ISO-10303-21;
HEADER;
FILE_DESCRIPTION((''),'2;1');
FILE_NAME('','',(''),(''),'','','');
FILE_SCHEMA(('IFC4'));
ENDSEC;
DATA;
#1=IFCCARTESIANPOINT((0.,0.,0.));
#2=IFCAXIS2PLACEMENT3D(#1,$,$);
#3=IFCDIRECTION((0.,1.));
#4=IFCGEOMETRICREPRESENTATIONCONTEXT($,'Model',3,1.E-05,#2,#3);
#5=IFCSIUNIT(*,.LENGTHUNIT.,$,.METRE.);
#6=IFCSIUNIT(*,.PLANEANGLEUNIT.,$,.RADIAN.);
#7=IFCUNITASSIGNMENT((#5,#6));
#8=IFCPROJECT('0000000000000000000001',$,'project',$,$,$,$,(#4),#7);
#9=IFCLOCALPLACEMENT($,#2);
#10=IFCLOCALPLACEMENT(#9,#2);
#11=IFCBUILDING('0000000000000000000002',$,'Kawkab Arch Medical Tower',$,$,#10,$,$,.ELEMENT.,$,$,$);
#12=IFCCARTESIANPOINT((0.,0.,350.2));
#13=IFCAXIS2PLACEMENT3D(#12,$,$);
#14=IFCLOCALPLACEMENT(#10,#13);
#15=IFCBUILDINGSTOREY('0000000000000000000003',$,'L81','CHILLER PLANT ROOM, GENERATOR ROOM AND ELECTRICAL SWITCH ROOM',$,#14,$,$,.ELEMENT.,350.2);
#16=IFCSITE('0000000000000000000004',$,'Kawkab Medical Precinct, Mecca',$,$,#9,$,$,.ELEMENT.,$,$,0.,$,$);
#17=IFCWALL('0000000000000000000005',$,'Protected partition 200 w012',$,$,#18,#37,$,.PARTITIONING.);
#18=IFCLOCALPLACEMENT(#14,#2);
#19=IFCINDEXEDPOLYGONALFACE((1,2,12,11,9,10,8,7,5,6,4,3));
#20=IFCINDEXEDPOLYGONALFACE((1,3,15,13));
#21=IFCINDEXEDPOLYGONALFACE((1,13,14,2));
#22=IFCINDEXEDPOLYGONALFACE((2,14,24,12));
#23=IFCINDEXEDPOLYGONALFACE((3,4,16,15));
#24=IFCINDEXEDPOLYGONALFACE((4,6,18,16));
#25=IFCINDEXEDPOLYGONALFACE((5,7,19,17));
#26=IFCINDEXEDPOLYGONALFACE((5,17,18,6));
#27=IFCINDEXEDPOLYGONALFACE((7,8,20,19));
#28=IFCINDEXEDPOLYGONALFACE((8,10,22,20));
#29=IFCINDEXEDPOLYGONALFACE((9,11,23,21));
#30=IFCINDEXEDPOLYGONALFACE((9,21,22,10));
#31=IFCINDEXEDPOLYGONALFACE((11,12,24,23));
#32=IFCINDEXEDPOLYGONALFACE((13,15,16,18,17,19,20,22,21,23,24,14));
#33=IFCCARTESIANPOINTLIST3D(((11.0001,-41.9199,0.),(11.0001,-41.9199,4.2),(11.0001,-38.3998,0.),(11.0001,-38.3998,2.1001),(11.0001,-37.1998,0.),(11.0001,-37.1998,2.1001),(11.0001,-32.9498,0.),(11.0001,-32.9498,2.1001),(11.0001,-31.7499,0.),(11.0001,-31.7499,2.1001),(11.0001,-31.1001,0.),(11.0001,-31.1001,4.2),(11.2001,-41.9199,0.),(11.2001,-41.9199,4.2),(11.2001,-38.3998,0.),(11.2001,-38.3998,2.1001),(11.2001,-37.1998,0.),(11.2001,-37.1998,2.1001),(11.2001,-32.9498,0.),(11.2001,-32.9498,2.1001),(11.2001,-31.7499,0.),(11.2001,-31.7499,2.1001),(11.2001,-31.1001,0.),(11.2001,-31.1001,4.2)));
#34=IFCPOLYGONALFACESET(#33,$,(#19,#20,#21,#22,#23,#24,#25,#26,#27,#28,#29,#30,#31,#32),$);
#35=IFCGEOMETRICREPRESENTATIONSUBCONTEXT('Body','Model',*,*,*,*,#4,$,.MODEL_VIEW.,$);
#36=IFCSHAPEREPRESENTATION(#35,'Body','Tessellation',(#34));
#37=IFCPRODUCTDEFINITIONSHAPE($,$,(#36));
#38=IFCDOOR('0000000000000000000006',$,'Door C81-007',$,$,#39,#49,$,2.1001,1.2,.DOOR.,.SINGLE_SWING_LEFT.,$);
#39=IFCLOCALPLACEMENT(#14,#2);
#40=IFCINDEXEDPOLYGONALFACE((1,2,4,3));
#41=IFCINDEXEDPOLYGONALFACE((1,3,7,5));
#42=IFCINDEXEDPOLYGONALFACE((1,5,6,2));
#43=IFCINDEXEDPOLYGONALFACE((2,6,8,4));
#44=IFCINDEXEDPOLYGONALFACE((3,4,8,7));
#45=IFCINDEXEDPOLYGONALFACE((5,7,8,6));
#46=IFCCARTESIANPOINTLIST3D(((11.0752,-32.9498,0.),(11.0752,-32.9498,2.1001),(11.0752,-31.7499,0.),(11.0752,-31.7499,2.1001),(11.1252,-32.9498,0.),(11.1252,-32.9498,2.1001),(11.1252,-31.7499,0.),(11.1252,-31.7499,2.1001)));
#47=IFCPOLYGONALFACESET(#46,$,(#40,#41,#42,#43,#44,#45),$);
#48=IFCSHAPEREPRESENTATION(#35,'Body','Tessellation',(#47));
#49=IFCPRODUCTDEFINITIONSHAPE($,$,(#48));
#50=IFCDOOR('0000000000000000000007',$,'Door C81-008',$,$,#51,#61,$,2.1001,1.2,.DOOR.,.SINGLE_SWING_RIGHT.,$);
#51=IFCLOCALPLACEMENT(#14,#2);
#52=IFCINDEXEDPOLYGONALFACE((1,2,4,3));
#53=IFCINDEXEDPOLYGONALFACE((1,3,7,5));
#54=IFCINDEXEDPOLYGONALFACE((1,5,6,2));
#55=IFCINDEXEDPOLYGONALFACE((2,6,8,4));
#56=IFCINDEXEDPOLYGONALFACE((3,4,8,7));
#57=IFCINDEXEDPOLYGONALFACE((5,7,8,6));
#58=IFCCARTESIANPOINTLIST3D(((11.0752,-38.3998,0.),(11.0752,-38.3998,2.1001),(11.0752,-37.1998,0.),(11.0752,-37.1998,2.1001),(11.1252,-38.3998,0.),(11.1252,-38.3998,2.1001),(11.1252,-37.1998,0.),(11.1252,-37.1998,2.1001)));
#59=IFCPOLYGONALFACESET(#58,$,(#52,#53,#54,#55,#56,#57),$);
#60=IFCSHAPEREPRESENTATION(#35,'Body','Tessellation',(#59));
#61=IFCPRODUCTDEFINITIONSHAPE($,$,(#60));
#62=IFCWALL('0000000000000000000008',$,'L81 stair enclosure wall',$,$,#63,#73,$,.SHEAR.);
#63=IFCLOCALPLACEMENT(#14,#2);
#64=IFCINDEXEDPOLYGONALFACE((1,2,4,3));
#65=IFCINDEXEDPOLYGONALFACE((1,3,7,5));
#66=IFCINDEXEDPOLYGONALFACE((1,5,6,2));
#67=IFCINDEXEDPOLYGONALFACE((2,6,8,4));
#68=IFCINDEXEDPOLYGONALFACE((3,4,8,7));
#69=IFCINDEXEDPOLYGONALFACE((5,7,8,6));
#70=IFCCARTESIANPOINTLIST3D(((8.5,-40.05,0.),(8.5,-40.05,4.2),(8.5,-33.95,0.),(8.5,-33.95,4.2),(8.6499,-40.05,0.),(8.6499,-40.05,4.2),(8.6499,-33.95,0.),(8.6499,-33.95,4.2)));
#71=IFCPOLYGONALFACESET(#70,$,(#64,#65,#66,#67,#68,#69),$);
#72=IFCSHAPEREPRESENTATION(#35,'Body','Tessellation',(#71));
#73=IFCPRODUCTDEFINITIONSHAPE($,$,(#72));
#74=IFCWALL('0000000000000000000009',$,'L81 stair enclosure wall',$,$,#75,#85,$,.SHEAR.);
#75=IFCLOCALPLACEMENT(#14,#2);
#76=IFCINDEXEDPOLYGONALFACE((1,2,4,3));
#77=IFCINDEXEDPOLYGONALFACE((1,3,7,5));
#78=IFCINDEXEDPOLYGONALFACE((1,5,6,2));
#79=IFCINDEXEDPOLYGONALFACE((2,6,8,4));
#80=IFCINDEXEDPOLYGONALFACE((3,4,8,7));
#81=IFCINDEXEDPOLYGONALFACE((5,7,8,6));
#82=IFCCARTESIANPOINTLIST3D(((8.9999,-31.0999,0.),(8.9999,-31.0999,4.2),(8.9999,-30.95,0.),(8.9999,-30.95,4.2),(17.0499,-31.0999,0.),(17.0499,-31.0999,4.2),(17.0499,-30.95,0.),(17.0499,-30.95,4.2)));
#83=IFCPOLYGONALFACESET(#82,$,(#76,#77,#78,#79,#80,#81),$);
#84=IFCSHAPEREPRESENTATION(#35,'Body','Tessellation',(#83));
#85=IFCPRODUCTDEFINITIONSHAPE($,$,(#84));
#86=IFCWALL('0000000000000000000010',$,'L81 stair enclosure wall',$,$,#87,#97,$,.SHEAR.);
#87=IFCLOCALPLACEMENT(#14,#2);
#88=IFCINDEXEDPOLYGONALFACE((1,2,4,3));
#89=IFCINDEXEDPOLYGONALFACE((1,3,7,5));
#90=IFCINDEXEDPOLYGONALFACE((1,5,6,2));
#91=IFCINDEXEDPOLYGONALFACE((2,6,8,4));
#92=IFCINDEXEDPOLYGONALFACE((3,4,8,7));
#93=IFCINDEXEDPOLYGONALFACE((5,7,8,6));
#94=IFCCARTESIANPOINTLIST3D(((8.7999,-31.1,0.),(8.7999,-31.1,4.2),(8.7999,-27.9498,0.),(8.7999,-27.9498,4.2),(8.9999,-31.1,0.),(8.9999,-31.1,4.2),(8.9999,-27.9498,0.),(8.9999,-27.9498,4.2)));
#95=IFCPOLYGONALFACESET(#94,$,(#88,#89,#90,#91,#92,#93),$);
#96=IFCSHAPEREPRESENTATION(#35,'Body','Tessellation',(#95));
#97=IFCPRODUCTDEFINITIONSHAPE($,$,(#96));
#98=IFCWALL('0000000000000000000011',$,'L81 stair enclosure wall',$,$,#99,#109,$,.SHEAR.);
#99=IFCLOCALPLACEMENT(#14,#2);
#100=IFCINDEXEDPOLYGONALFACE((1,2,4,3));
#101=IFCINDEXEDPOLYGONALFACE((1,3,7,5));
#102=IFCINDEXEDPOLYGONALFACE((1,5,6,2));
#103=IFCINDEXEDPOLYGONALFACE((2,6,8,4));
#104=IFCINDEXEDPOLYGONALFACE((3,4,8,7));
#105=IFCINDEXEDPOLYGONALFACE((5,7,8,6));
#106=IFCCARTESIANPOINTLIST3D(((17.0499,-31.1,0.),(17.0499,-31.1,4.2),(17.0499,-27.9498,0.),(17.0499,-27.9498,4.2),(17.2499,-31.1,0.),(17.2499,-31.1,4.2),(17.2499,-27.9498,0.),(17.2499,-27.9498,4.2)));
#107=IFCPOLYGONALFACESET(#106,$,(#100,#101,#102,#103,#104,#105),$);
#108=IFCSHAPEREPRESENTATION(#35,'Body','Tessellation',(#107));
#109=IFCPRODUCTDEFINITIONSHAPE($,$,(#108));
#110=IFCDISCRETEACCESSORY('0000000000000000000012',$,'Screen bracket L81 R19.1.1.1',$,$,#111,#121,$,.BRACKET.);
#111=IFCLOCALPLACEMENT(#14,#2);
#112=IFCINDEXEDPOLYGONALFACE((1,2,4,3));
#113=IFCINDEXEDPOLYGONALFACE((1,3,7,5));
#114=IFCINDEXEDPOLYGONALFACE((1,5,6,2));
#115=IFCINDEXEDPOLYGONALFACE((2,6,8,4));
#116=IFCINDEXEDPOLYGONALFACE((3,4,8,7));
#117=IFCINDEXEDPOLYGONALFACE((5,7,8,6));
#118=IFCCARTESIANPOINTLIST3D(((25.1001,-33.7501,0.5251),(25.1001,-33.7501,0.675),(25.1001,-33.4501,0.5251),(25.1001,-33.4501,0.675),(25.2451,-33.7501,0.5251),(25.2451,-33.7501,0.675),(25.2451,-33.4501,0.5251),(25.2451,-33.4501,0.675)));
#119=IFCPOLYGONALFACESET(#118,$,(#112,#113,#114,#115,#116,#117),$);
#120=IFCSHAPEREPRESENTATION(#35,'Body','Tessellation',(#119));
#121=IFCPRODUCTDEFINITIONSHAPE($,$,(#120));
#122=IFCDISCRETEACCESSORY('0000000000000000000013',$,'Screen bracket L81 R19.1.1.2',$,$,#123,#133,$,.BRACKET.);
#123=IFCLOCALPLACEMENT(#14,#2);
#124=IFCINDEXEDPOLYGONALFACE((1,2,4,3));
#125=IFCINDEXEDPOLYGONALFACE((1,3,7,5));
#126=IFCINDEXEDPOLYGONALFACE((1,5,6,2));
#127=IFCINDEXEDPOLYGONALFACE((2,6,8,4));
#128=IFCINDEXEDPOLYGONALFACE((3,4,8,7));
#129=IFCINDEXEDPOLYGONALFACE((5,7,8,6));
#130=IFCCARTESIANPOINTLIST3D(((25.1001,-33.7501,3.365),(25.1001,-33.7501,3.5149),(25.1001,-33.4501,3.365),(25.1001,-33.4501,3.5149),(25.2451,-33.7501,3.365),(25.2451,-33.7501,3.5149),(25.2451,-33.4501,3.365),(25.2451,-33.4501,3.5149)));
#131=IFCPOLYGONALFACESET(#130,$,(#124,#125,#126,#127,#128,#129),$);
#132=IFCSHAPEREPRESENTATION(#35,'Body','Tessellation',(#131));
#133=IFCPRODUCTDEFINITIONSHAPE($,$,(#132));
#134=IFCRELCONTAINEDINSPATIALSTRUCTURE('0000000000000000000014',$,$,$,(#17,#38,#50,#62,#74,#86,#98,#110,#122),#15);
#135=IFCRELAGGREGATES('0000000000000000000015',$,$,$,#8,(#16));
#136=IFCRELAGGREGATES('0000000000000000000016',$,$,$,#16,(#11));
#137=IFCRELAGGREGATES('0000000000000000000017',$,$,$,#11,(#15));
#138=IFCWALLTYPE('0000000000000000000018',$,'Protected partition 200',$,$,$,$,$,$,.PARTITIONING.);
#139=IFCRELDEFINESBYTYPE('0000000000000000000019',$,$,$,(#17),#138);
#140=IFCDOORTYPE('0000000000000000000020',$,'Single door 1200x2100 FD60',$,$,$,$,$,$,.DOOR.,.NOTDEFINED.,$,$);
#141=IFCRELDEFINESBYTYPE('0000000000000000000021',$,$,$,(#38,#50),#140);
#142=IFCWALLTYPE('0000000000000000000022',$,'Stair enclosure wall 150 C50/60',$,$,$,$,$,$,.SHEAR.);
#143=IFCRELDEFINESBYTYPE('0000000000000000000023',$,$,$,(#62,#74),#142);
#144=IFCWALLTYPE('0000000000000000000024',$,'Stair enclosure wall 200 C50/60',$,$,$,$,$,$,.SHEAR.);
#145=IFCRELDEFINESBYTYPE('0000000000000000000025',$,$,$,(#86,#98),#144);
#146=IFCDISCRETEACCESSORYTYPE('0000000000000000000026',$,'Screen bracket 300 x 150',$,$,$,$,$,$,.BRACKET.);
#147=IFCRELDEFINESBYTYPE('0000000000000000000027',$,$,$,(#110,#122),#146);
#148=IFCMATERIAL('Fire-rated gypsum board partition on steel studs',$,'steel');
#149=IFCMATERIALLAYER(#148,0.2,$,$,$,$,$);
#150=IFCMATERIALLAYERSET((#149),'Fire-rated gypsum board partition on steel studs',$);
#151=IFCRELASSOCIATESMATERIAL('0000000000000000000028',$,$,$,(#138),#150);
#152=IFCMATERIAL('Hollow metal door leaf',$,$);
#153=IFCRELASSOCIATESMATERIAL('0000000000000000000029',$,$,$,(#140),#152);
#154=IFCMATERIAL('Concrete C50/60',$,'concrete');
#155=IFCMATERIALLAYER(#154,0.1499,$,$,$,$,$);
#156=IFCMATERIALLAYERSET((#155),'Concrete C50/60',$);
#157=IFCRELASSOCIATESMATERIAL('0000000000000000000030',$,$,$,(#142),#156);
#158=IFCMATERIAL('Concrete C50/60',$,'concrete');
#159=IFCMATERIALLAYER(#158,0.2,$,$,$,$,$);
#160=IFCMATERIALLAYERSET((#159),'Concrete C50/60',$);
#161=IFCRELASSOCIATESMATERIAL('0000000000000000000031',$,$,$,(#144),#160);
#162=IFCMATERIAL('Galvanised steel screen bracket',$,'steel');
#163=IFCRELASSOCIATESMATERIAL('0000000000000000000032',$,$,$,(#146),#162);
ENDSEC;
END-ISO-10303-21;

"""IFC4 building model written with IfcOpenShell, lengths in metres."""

from ifc_helpers import new_model, si_unit, direction, frame, frame_2d, origin, origin_2d, place, context, subcontext, project, spatial, rectangle, extrude, material, layer, layer_set, type_object, element, fill, save


model = new_model("IFC4")

# Units and contexts
model_context = context("Model", 3, precision=1e-05, world=origin(), true_north=direction((0.0, 1.0)))
body_context = subcontext(model_context, "Body", "Model", "MODEL_VIEW")
ifc_project = project(units=[si_unit("LENGTHUNIT", "METRE"), si_unit("PLANEANGLEUNIT", "RADIAN")], contexts=[model_context])

# Site, building, storey
site_placement = place(None, origin())
site = spatial("IfcSite", under=ifc_project, at=site_placement, Name="Kawkab Medical Precinct, Mecca", CompositionType="ELEMENT", RefElevation=0.0)
building_placement = place(site_placement, origin())
building = spatial("IfcBuilding", under=site, at=building_placement, Name="Kawkab Arch Medical Tower", CompositionType="ELEMENT")
storey_placement = place(building_placement, frame((0.0, 0.0, 350.2)))
storey = spatial("IfcBuildingStorey", under=building, at=storey_placement, Name="L81", Description="CHILLER PLANT ROOM, GENERATOR ROOM AND ELECTRICAL SWITCH ROOM", CompositionType="ELEMENT", Elevation=350.2)

# Wall, openings, doors
ifc_material_1 = material(Name="Fire-rated gypsum board partition on steel studs", Category="steel")
ifc_layer_1 = layer(ifc_material_1, 0.2)
ifc_layer_set_1 = layer_set([ifc_layer_1], Name="Fire-rated gypsum board partition on steel studs")
wall_type_1 = type_object("IfcWallType", Name="Protected partition 200", PredefinedType="PARTITIONING", material=ifc_layer_set_1)
wall_1_placement = place(storey_placement, frame((11.1001, -41.9199, 0.0), z_axis=(0.0, 0.0, 1.0), x_axis=(0.0, 1.0, 0.0)))
wall_1 = element("IfcWall", 1, at=wall_1_placement, inside=storey, type_object=wall_type_1, Name="Protected partition 200 w012", PredefinedType="PARTITIONING", context=body_context, shape_type="SweptSolid", body=[
    extrude(rectangle(XDim=10.8198, YDim=0.2, at=frame_2d((5.4099, 0.0))), origin(), (0.0, 0.0, 1.0), 4.2),
])
opening_1_placement = place(wall_1_placement, frame((8.97, 0.0, 0.0)))
opening_1 = element("IfcOpeningElement", 2, at=opening_1_placement, cuts=wall_1, PredefinedType="OPENING", context=body_context, shape_type="SweptSolid", body=[
    extrude(rectangle(XDim=1.2, YDim=2.1001, at=frame_2d((0.6001, 1.05))), frame((0.0, 0.1099, 0.0), z_axis=(0.0, -1.0, 0.0), x_axis=(1.0, 0.0, 0.0)), (0.0, 0.0, 1.0), 0.22),
])
opening_2_placement = place(wall_1_placement, frame((3.52, 0.0, 0.0)))
opening_2 = element("IfcOpeningElement", 3, at=opening_2_placement, cuts=wall_1, PredefinedType="OPENING", context=body_context, shape_type="SweptSolid", body=[
    extrude(rectangle(XDim=1.2, YDim=2.1001, at=frame_2d((0.6001, 1.05))), frame((0.0, 0.1099, 0.0), z_axis=(0.0, -1.0, 0.0), x_axis=(1.0, 0.0, 0.0)), (0.0, 0.0, 1.0), 0.22),
])
ifc_material_2 = material(Name="Hollow metal door leaf")
door_type_1 = type_object("IfcDoorType", Name="Single door 1200x2100 FD60", OperationType="NOTDEFINED", PredefinedType="DOOR", material=ifc_material_2)
door_1_placement = place(opening_1_placement, origin())
door_1 = element("IfcDoor", 4, at=door_1_placement, inside=storey, type_object=door_type_1, Name="Door C81-007", OperationType="SINGLE_SWING_LEFT", OverallHeight=2.1001, OverallWidth=1.2, PredefinedType="DOOR", context=body_context, shape_type="SweptSolid", body=[
    extrude(rectangle(XDim=1.2, YDim=2.1001, at=frame_2d((0.6001, 1.05))), frame((0.0, 0.0249, 0.0), z_axis=(0.0, -1.0, 0.0), x_axis=(1.0, 0.0, 0.0)), (0.0, 0.0, 1.0), 0.05),
])
fill(opening_1, door_1)
door_2_placement = place(opening_2_placement, origin())
door_2 = element("IfcDoor", 5, at=door_2_placement, inside=storey, type_object=door_type_1, Name="Door C81-008", OperationType="SINGLE_SWING_RIGHT", OverallHeight=2.1001, OverallWidth=1.2, PredefinedType="DOOR", context=body_context, shape_type="SweptSolid", body=[
    extrude(rectangle(XDim=1.2, YDim=2.1001, at=frame_2d((0.6001, 1.05))), frame((0.0, 0.0249, 0.0), z_axis=(0.0, -1.0, 0.0), x_axis=(1.0, 0.0, 0.0)), (0.0, 0.0, 1.0), 0.05),
])
fill(opening_2, door_2)

# Walls
ifc_material_3 = material(Name="Concrete C50/60", Category="concrete")
ifc_layer_2 = layer(ifc_material_3, 0.1499)
ifc_layer_set_2 = layer_set([ifc_layer_2], Name="Concrete C50/60")
wall_type_2 = type_object("IfcWallType", Name="Stair enclosure wall 150 C50/60", PredefinedType="SHEAR", material=ifc_layer_set_2)
wall_2_placement = place(storey_placement, frame((8.575, -40.05, 0.0), z_axis=(0.0, 0.0, 1.0), x_axis=(0.0, 1.0, 0.0)))
element("IfcWall", 6, at=wall_2_placement, inside=storey, type_object=wall_type_2, Name="L81 stair enclosure wall", PredefinedType="SHEAR", context=body_context, shape_type="SweptSolid", body=[
    extrude(rectangle(XDim=6.1001, YDim=0.1499, at=frame_2d((3.05, 0.0))), origin(), (0.0, 0.0, 1.0), 4.2),
])
wall_3_placement = place(storey_placement, frame((9.0, -31.0249, 0.0), z_axis=(0.0, 0.0, 1.0), x_axis=(1.0, 0.0, 0.0)))
element("IfcWall", 7, at=wall_3_placement, inside=storey, type_object=wall_type_2, Name="L81 stair enclosure wall", PredefinedType="SHEAR", context=body_context, shape_type="SweptSolid", body=[
    extrude(rectangle(XDim=8.05, YDim=0.1499, at=frame_2d((4.0249, 0.0))), origin(), (0.0, 0.0, 1.0), 4.2),
])
ifc_material_4 = material(Name="Concrete C50/60", Category="concrete")
ifc_layer_3 = layer(ifc_material_4, 0.2)
ifc_layer_set_3 = layer_set([ifc_layer_3], Name="Concrete C50/60")
wall_type_3 = type_object("IfcWallType", Name="Stair enclosure wall 200 C50/60", PredefinedType="SHEAR", material=ifc_layer_set_3)
for number, where, z_axis, x_axis, name in (
    (8, (8.8999, -31.1001, 0.0), (0.0, 0.0, 1.0), (0.0, 1.0, 0.0), "L81 stair enclosure wall"),
    (9, (17.1499, -31.1001, 0.0), (0.0, 0.0, 1.0), (0.0, 1.0, 0.0), "L81 stair enclosure wall"),
):
    element("IfcWall", number, at=place(storey_placement, frame(where, z_axis=z_axis, x_axis=x_axis)), inside=storey, type_object=wall_type_3, Name=name, PredefinedType="SHEAR", context=body_context, shape_type="SweptSolid", body=[
        extrude(rectangle(XDim=3.1501, YDim=0.2, at=frame_2d((1.5752, 0.0))), origin(), (0.0, 0.0, 1.0), 4.2),
    ])

# Discrete accessories
ifc_material_5 = material(Name="Galvanised steel screen bracket", Category="steel")
discrete_accessory_type = type_object("IfcDiscreteAccessoryType", Name="Screen bracket 300 x 150", PredefinedType="BRACKET", material=ifc_material_5)
for number, where, z_axis, x_axis, name in (
    (10, (25.1726, -33.6001, 0.5251), (0.0, 0.0, 1.0), (0.0, 1.0, 0.0), "Screen bracket L81 R19.1.1.1"),
    (11, (25.1726, -33.6001, 3.365), (0.0, 0.0, 1.0), (0.0, 1.0, 0.0), "Screen bracket L81 R19.1.1.2"),
):
    element("IfcDiscreteAccessory", number, at=place(storey_placement, frame(where, z_axis=z_axis, x_axis=x_axis)), inside=storey, type_object=discrete_accessory_type, Name=name, PredefinedType="BRACKET", context=body_context, shape_type="SweptSolid", body=[
        extrude(rectangle(XDim=0.3, YDim=0.145, at=origin_2d()), origin(), (0.0, 0.0, 1.0), 0.1499),
    ])

save(model, "model.ifc")
